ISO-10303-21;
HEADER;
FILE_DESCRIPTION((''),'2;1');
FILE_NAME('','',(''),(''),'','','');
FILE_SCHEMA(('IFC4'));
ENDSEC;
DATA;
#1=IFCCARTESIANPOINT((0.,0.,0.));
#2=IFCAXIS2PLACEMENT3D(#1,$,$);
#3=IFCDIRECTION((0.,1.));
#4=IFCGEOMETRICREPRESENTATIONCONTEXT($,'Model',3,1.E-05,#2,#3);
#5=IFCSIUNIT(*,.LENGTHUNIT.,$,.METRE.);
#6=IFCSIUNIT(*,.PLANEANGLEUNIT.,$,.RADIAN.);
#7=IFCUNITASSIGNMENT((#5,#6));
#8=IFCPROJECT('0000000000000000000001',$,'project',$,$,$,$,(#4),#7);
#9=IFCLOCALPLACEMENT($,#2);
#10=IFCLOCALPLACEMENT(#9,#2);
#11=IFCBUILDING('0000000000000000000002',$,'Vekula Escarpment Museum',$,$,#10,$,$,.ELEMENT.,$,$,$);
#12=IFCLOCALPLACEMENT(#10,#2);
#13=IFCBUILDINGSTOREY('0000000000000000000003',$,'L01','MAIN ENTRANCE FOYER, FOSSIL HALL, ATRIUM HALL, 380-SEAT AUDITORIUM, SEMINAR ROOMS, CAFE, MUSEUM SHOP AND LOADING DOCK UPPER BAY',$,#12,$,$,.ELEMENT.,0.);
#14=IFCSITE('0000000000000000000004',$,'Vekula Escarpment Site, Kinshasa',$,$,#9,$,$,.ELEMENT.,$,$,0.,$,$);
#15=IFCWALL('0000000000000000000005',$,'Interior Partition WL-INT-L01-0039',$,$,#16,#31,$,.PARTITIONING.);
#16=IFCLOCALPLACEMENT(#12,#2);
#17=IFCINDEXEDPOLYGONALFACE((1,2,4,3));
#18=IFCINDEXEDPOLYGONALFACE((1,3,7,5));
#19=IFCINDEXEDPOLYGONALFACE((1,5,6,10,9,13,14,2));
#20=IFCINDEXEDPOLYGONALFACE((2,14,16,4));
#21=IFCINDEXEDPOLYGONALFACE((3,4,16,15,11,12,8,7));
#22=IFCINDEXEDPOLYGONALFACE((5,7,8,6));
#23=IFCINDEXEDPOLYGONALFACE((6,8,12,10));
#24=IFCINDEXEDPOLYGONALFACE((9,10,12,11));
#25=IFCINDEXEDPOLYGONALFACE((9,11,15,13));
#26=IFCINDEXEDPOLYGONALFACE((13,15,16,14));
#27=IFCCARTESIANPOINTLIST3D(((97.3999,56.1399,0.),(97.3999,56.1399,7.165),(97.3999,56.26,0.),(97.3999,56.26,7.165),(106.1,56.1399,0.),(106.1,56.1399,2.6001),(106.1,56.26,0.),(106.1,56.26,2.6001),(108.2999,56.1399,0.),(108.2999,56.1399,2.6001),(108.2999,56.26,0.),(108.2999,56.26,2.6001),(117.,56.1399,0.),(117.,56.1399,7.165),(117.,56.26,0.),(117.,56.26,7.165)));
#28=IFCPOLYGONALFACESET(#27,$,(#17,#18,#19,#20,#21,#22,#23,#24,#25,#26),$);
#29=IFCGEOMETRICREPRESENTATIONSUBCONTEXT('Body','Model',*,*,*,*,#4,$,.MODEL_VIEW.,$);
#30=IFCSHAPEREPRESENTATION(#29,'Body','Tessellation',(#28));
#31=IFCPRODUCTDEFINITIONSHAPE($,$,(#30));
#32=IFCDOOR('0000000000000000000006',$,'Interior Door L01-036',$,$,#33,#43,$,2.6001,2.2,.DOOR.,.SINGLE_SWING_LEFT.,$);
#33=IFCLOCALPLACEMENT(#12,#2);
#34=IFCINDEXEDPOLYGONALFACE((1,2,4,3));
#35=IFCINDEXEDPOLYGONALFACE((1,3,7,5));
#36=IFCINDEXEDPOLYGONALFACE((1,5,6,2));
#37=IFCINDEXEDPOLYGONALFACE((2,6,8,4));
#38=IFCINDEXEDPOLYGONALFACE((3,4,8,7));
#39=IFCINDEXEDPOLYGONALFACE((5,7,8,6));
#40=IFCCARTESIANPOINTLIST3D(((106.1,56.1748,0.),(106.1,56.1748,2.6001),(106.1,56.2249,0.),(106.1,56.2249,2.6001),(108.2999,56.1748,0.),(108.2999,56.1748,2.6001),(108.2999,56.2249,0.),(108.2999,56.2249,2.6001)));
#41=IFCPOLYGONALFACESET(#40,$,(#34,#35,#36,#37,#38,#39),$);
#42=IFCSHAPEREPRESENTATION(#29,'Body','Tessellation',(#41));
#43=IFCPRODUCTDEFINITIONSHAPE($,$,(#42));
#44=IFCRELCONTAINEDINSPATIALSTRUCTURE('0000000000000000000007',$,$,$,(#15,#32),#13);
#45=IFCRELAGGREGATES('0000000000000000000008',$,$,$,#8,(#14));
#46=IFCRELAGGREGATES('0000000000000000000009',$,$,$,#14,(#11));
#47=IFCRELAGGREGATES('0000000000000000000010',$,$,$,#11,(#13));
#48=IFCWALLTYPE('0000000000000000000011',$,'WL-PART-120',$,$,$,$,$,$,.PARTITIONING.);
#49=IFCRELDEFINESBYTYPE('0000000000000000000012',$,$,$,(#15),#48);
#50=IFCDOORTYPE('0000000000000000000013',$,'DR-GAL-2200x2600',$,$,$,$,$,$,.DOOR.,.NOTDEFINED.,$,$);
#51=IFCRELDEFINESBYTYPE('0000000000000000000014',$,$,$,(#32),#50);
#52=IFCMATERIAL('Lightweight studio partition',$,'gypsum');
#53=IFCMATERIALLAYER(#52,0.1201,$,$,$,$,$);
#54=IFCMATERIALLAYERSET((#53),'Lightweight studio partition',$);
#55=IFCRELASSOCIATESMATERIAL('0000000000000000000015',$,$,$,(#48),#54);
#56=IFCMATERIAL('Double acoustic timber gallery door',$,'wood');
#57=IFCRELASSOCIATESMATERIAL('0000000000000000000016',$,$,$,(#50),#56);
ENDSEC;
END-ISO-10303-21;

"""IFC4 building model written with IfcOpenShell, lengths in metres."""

from ifc_helpers import new_model, si_unit, direction, frame, frame_2d, origin, place, context, subcontext, project, spatial, rectangle, extrude, material, layer, layer_set, type_object, element, fill, save


model = new_model("IFC4")

# Units and contexts
model_context = context("Model", 3, precision=1e-05, world=origin(), true_north=direction((0.0, 1.0)))
body_context = subcontext(model_context, "Body", "Model", "MODEL_VIEW")
ifc_project = project(units=[si_unit("LENGTHUNIT", "METRE"), si_unit("PLANEANGLEUNIT", "RADIAN")], contexts=[model_context])

# Site, building, storey
site_placement = place(None, origin())
site = spatial("IfcSite", under=ifc_project, at=site_placement, Name="Vekula Escarpment Site, Kinshasa", CompositionType="ELEMENT", RefElevation=0.0)
building_placement = place(site_placement, origin())
building = spatial("IfcBuilding", under=site, at=building_placement, Name="Vekula Escarpment Museum", CompositionType="ELEMENT")
storey_placement = place(building_placement, origin())
storey = spatial("IfcBuildingStorey", under=building, at=storey_placement, Name="L01", Description="MAIN ENTRANCE FOYER, FOSSIL HALL, ATRIUM HALL, 380-SEAT AUDITORIUM, SEMINAR ROOMS, CAFE, MUSEUM SHOP AND LOADING DOCK UPPER BAY", CompositionType="ELEMENT", Elevation=0.0)

# Wall, opening, door
ifc_material_1 = material(Name="Lightweight studio partition", Category="gypsum")
ifc_layer = layer(ifc_material_1, 0.1201)
ifc_layer_set = layer_set([ifc_layer], Name="Lightweight studio partition")
wall_type = type_object("IfcWallType", Name="WL-PART-120", PredefinedType="PARTITIONING", material=ifc_layer_set)
ifc_material_2 = material(Name="Double acoustic timber gallery door", Category="wood")
door_type = type_object("IfcDoorType", Name="DR-GAL-2200x2600", OperationType="NOTDEFINED", PredefinedType="DOOR", material=ifc_material_2)
wall_1_placement = place(storey_placement, frame((97.3999, 56.2, 0.0), z_axis=(0.0, 0.0, 1.0), x_axis=(1.0, 0.0, 0.0)))
wall_1 = element("IfcWall", 1, at=wall_1_placement, inside=storey, type_object=wall_type, Name="Interior Partition WL-INT-L01-0039", PredefinedType="PARTITIONING", context=body_context, shape_type="SweptSolid", body=[
    extrude(rectangle(XDim=19.6001, YDim=0.1201, at=frame_2d((9.8, 0.0))), origin(), (0.0, 0.0, 1.0), 7.165),
])
opening_1_placement = place(wall_1_placement, frame((8.7, 0.0, 0.0)))
opening_1 = element("IfcOpeningElement", 2, at=opening_1_placement, cuts=wall_1, PredefinedType="OPENING", context=body_context, shape_type="SweptSolid", body=[
    extrude(rectangle(XDim=2.2, YDim=2.6001, at=frame_2d((1.1001, 1.3))), frame((0.0, 0.0701, 0.0), z_axis=(0.0, -1.0, 0.0), x_axis=(1.0, 0.0, 0.0)), (0.0, 0.0, 1.0), 0.1401),
])
door_1_placement = place(opening_1_placement, origin())
door_1 = element("IfcDoor", 3, at=door_1_placement, inside=storey, type_object=door_type, Name="Interior Door L01-036", OperationType="SINGLE_SWING_LEFT", OverallHeight=2.6001, OverallWidth=2.2, PredefinedType="DOOR", context=body_context, shape_type="SweptSolid", body=[
    extrude(rectangle(XDim=2.2, YDim=2.6001, at=frame_2d((1.1001, 1.3))), frame((0.0, 0.0249, 0.0), z_axis=(0.0, -1.0, 0.0), x_axis=(1.0, 0.0, 0.0)), (0.0, 0.0, 1.0), 0.05),
])
fill(opening_1, door_1)

save(model, "model.ifc")
